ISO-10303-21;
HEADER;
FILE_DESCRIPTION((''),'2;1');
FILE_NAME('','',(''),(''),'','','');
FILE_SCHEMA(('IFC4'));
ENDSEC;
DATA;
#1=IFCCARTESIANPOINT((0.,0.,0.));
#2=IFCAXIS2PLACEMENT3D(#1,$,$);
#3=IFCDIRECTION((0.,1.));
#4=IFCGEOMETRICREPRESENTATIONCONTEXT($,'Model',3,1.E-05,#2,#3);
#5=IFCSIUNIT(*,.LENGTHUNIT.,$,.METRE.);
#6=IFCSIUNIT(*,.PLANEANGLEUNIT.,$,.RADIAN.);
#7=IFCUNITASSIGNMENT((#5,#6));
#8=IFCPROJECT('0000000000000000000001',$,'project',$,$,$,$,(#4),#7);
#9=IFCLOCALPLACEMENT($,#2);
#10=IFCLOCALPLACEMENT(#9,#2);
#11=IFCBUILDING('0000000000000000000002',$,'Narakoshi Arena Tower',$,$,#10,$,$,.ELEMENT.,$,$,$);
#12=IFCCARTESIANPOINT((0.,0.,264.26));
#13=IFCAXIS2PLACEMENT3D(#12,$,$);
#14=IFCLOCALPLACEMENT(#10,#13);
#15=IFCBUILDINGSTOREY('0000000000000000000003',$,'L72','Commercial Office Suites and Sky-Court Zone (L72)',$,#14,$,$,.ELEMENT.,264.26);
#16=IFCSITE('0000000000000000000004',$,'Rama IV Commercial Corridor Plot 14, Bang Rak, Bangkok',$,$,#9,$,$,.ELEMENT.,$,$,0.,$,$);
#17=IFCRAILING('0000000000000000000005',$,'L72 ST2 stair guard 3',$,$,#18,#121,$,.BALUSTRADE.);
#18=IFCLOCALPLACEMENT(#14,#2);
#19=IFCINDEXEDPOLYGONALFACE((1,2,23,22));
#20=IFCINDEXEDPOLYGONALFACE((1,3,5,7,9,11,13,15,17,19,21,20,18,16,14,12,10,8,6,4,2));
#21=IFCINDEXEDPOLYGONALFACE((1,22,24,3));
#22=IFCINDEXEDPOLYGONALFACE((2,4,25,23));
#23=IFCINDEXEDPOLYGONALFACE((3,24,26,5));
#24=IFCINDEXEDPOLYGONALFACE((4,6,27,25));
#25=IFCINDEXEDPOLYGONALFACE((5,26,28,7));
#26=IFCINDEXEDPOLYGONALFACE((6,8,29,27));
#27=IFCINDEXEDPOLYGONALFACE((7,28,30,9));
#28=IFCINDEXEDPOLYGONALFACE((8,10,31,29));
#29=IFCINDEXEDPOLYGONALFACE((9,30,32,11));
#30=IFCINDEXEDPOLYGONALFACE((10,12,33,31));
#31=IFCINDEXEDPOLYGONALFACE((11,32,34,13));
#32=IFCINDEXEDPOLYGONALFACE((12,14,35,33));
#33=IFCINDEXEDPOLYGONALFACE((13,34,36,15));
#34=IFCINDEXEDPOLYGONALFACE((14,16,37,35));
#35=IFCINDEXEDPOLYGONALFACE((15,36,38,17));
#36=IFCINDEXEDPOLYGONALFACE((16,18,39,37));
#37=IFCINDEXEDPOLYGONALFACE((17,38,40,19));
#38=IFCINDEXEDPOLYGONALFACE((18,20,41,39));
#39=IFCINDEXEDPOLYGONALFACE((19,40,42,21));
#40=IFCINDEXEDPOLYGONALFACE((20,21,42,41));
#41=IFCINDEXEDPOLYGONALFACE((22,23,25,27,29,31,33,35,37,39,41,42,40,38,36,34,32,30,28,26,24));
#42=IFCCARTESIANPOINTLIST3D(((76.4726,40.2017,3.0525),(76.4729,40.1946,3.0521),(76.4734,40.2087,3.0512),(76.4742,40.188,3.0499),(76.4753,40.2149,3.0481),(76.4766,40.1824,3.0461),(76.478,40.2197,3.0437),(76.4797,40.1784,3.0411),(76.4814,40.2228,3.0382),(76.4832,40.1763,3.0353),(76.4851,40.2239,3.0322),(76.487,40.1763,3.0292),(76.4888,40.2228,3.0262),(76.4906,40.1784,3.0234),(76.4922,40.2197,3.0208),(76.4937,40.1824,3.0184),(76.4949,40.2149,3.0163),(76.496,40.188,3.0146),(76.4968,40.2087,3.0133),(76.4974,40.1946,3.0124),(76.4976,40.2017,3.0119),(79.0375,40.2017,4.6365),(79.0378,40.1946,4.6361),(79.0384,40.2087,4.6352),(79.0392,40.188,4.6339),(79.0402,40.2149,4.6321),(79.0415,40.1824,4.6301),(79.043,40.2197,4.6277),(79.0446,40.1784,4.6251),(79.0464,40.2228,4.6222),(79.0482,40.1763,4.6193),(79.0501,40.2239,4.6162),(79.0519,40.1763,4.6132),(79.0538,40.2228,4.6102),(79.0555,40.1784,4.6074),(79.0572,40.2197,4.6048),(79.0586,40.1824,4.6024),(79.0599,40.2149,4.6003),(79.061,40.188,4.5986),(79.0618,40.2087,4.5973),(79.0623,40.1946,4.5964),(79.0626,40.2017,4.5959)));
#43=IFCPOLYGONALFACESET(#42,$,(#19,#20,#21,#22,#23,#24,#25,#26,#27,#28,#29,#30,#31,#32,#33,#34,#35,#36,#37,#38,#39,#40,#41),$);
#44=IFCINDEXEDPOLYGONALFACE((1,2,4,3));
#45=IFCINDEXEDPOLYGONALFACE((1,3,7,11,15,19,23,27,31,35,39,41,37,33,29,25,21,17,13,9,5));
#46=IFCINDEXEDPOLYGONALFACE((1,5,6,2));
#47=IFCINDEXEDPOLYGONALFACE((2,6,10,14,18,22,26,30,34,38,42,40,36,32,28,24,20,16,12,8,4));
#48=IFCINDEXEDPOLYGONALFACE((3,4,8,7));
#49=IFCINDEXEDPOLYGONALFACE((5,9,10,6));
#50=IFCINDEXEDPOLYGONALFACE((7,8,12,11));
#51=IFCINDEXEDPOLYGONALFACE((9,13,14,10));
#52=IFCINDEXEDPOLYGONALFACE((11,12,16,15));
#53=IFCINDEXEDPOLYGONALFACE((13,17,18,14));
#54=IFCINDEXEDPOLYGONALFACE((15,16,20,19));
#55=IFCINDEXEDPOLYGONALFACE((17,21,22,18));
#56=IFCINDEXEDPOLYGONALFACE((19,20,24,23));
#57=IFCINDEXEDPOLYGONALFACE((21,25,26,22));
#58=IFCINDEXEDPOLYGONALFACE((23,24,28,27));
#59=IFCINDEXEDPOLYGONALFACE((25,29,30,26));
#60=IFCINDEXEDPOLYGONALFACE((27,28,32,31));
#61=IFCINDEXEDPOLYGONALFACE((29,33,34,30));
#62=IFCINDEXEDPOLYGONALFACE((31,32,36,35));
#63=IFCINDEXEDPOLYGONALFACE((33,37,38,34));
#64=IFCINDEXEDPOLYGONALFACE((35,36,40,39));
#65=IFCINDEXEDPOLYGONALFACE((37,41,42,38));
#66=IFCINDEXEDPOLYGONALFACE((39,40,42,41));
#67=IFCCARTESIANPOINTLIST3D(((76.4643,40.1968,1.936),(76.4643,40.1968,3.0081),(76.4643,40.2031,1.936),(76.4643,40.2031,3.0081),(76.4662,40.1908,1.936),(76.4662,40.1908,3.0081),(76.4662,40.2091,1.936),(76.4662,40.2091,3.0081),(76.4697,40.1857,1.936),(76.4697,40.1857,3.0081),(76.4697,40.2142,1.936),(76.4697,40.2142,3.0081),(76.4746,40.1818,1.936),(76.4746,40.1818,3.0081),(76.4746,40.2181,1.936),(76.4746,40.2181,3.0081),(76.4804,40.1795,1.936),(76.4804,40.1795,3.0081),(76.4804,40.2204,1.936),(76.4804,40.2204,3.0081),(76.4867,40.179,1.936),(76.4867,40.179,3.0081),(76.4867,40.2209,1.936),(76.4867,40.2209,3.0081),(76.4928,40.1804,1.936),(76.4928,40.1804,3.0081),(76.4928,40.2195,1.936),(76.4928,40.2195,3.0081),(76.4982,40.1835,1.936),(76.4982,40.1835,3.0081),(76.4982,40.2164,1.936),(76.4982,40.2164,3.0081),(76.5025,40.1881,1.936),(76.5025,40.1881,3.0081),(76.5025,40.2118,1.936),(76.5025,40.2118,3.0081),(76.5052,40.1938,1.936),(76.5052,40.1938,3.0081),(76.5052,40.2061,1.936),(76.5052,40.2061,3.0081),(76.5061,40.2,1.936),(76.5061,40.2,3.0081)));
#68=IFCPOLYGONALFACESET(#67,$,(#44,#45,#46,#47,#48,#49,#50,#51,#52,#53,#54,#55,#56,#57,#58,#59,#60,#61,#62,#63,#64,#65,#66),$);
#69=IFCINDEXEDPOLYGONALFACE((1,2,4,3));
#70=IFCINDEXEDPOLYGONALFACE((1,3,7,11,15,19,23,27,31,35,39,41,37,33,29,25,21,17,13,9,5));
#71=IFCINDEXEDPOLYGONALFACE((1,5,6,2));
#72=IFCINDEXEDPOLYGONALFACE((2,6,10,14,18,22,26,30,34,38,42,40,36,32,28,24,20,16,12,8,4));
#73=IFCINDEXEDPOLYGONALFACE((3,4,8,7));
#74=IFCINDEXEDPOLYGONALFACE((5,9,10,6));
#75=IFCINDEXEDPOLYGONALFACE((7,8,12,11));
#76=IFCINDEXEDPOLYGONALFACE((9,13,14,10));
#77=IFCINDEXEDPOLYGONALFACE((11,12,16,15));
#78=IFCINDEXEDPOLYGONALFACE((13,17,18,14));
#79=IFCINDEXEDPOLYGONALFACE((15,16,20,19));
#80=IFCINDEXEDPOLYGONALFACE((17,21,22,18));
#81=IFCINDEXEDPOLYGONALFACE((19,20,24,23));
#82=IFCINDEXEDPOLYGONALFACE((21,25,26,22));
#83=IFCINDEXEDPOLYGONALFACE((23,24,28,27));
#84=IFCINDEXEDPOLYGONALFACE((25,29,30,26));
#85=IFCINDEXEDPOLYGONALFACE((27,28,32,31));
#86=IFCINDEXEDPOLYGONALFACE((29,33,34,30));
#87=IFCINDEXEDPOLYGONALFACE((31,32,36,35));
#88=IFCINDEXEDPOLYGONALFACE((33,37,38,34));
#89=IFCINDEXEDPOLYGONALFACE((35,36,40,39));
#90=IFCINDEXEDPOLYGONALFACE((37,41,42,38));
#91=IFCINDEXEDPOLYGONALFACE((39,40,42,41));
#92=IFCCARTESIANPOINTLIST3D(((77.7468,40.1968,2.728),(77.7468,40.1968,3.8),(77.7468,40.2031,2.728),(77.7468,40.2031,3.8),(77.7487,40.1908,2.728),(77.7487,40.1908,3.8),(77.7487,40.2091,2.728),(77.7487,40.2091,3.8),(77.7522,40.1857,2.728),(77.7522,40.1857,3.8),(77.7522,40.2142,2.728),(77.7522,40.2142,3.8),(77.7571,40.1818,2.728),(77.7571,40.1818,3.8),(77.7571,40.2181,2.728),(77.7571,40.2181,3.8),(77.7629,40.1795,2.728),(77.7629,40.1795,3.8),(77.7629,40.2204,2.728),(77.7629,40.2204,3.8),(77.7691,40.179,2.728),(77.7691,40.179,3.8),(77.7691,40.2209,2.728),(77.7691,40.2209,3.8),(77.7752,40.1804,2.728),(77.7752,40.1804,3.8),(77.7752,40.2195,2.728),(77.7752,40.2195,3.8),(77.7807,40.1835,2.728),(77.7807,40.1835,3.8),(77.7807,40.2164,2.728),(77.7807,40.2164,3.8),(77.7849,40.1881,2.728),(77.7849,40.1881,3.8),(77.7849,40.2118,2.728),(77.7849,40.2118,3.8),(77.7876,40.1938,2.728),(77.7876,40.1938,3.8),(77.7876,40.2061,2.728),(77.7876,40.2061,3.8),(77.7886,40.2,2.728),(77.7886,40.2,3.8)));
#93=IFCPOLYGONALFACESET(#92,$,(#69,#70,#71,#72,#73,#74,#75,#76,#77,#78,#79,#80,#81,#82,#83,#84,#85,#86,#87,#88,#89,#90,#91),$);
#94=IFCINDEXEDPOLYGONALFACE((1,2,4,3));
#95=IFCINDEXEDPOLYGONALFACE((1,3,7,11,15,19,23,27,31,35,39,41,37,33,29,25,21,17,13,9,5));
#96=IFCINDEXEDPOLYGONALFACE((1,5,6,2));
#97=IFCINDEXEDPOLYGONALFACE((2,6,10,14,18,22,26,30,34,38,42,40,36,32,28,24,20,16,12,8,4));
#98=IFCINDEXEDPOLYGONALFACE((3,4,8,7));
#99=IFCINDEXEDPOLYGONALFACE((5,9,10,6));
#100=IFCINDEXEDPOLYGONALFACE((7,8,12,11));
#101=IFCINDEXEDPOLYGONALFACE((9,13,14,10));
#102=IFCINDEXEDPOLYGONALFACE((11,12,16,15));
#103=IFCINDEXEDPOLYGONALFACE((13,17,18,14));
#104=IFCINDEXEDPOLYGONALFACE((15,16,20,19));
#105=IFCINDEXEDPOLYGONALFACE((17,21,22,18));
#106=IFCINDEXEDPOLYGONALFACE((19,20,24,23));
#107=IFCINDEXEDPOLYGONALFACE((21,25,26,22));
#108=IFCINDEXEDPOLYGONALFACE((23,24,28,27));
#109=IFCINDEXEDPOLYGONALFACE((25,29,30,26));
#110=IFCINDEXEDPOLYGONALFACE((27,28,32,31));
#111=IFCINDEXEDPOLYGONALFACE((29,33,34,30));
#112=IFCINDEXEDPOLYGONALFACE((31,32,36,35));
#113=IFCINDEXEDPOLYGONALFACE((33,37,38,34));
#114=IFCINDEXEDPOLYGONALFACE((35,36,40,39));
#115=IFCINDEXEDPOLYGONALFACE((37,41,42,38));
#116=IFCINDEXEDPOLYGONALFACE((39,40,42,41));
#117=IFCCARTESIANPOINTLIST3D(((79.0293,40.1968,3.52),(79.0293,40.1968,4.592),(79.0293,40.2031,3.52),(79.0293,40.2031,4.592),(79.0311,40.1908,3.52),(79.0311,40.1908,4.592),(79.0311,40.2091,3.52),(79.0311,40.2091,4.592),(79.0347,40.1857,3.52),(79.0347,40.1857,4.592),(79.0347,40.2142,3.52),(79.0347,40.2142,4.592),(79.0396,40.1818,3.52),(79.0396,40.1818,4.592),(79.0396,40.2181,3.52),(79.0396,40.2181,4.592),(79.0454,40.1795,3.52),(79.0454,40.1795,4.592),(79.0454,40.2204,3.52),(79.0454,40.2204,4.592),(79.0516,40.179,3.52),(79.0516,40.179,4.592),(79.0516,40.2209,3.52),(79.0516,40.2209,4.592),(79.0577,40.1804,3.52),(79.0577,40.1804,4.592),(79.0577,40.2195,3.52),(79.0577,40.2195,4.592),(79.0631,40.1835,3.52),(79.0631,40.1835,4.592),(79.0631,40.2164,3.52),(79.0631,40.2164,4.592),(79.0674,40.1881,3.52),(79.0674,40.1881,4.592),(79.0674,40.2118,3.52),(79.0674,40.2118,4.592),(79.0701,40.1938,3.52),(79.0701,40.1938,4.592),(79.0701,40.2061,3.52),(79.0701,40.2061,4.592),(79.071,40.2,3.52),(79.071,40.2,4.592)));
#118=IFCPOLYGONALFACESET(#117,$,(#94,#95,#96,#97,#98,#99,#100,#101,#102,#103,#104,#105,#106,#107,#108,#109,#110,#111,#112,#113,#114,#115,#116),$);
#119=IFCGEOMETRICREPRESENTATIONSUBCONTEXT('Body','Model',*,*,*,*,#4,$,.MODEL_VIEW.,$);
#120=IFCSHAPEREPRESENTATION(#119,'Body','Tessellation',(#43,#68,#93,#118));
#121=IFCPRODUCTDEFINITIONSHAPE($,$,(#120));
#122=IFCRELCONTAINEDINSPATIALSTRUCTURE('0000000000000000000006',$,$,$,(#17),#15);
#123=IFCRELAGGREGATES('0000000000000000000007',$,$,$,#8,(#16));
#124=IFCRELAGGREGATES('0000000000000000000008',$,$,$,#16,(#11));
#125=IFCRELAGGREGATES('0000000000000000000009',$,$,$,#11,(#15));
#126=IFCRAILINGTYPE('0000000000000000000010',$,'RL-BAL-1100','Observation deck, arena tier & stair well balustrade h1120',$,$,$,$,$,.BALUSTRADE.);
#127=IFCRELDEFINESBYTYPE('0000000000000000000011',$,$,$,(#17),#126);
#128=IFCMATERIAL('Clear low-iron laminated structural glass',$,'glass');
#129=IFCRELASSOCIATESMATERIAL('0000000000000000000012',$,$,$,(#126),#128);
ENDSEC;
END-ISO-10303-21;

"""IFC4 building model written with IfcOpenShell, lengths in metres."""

from ifc_helpers import new_model, si_unit, direction, frame, origin, origin_2d, place, context, subcontext, project, spatial, circle, extrude, material, type_object, element, save


model = new_model("IFC4")

# Units and contexts
model_context = context("Model", 3, precision=1e-05, world=origin(), true_north=direction((0.0, 1.0)))
body_context = subcontext(model_context, "Body", "Model", "MODEL_VIEW")
ifc_project = project(units=[si_unit("LENGTHUNIT", "METRE"), si_unit("PLANEANGLEUNIT", "RADIAN")], contexts=[model_context])

# Site, building, storey
site_placement = place(None, origin())
site = spatial("IfcSite", under=ifc_project, at=site_placement, Name="Rama IV Commercial Corridor Plot 14, Bang Rak, Bangkok", CompositionType="ELEMENT", RefElevation=0.0)
building_placement = place(site_placement, origin())
building = spatial("IfcBuilding", under=site, at=building_placement, Name="Narakoshi Arena Tower", CompositionType="ELEMENT")
storey_placement = place(building_placement, frame((0.0, 0.0, 264.26)))
storey = spatial("IfcBuildingStorey", under=building, at=storey_placement, Name="L72", Description="Commercial Office Suites and Sky-Court Zone (L72)", CompositionType="ELEMENT", Elevation=264.26)

# Railing
ifc_material_1 = material(Name="Clear low-iron laminated structural glass", Category="glass")
railing_type_1 = type_object("IfcRailingType", Name="RL-BAL-1100", Description="Observation deck, arena tier & stair well balustrade h1120", PredefinedType="BALUSTRADE", material=ifc_material_1)
railing_1_placement = place(storey_placement, frame((76.4851, 40.2, 1.936)))
element("IfcRailing", 1, at=railing_1_placement, inside=storey, type_object=railing_type_1, Name="L72 ST2 stair guard 3", PredefinedType="BALUSTRADE", context=body_context, shape_type="SweptSolid", body=[
    extrude(circle(Radius=0.0239, at=origin_2d()), frame((0.0, 0.0, 1.0962), z_axis=(0.850834, 0.0, 0.525434), x_axis=(0.0, 1.0, 0.0)), (0.0, 0.0, 1.0), 3.0146),
    extrude(circle(Radius=0.021, at=origin_2d()), origin(), (0.0, 0.0, 1.0), 1.072),
    extrude(circle(Radius=0.021, at=origin_2d()), frame((1.2825, 0.0, 0.792)), (0.0, 0.0, 1.0), 1.072),
    extrude(circle(Radius=0.021, at=origin_2d()), frame((2.5649, 0.0, 1.584)), (0.0, 0.0, 1.0), 1.072),
])

save(model, "model.ifc")
